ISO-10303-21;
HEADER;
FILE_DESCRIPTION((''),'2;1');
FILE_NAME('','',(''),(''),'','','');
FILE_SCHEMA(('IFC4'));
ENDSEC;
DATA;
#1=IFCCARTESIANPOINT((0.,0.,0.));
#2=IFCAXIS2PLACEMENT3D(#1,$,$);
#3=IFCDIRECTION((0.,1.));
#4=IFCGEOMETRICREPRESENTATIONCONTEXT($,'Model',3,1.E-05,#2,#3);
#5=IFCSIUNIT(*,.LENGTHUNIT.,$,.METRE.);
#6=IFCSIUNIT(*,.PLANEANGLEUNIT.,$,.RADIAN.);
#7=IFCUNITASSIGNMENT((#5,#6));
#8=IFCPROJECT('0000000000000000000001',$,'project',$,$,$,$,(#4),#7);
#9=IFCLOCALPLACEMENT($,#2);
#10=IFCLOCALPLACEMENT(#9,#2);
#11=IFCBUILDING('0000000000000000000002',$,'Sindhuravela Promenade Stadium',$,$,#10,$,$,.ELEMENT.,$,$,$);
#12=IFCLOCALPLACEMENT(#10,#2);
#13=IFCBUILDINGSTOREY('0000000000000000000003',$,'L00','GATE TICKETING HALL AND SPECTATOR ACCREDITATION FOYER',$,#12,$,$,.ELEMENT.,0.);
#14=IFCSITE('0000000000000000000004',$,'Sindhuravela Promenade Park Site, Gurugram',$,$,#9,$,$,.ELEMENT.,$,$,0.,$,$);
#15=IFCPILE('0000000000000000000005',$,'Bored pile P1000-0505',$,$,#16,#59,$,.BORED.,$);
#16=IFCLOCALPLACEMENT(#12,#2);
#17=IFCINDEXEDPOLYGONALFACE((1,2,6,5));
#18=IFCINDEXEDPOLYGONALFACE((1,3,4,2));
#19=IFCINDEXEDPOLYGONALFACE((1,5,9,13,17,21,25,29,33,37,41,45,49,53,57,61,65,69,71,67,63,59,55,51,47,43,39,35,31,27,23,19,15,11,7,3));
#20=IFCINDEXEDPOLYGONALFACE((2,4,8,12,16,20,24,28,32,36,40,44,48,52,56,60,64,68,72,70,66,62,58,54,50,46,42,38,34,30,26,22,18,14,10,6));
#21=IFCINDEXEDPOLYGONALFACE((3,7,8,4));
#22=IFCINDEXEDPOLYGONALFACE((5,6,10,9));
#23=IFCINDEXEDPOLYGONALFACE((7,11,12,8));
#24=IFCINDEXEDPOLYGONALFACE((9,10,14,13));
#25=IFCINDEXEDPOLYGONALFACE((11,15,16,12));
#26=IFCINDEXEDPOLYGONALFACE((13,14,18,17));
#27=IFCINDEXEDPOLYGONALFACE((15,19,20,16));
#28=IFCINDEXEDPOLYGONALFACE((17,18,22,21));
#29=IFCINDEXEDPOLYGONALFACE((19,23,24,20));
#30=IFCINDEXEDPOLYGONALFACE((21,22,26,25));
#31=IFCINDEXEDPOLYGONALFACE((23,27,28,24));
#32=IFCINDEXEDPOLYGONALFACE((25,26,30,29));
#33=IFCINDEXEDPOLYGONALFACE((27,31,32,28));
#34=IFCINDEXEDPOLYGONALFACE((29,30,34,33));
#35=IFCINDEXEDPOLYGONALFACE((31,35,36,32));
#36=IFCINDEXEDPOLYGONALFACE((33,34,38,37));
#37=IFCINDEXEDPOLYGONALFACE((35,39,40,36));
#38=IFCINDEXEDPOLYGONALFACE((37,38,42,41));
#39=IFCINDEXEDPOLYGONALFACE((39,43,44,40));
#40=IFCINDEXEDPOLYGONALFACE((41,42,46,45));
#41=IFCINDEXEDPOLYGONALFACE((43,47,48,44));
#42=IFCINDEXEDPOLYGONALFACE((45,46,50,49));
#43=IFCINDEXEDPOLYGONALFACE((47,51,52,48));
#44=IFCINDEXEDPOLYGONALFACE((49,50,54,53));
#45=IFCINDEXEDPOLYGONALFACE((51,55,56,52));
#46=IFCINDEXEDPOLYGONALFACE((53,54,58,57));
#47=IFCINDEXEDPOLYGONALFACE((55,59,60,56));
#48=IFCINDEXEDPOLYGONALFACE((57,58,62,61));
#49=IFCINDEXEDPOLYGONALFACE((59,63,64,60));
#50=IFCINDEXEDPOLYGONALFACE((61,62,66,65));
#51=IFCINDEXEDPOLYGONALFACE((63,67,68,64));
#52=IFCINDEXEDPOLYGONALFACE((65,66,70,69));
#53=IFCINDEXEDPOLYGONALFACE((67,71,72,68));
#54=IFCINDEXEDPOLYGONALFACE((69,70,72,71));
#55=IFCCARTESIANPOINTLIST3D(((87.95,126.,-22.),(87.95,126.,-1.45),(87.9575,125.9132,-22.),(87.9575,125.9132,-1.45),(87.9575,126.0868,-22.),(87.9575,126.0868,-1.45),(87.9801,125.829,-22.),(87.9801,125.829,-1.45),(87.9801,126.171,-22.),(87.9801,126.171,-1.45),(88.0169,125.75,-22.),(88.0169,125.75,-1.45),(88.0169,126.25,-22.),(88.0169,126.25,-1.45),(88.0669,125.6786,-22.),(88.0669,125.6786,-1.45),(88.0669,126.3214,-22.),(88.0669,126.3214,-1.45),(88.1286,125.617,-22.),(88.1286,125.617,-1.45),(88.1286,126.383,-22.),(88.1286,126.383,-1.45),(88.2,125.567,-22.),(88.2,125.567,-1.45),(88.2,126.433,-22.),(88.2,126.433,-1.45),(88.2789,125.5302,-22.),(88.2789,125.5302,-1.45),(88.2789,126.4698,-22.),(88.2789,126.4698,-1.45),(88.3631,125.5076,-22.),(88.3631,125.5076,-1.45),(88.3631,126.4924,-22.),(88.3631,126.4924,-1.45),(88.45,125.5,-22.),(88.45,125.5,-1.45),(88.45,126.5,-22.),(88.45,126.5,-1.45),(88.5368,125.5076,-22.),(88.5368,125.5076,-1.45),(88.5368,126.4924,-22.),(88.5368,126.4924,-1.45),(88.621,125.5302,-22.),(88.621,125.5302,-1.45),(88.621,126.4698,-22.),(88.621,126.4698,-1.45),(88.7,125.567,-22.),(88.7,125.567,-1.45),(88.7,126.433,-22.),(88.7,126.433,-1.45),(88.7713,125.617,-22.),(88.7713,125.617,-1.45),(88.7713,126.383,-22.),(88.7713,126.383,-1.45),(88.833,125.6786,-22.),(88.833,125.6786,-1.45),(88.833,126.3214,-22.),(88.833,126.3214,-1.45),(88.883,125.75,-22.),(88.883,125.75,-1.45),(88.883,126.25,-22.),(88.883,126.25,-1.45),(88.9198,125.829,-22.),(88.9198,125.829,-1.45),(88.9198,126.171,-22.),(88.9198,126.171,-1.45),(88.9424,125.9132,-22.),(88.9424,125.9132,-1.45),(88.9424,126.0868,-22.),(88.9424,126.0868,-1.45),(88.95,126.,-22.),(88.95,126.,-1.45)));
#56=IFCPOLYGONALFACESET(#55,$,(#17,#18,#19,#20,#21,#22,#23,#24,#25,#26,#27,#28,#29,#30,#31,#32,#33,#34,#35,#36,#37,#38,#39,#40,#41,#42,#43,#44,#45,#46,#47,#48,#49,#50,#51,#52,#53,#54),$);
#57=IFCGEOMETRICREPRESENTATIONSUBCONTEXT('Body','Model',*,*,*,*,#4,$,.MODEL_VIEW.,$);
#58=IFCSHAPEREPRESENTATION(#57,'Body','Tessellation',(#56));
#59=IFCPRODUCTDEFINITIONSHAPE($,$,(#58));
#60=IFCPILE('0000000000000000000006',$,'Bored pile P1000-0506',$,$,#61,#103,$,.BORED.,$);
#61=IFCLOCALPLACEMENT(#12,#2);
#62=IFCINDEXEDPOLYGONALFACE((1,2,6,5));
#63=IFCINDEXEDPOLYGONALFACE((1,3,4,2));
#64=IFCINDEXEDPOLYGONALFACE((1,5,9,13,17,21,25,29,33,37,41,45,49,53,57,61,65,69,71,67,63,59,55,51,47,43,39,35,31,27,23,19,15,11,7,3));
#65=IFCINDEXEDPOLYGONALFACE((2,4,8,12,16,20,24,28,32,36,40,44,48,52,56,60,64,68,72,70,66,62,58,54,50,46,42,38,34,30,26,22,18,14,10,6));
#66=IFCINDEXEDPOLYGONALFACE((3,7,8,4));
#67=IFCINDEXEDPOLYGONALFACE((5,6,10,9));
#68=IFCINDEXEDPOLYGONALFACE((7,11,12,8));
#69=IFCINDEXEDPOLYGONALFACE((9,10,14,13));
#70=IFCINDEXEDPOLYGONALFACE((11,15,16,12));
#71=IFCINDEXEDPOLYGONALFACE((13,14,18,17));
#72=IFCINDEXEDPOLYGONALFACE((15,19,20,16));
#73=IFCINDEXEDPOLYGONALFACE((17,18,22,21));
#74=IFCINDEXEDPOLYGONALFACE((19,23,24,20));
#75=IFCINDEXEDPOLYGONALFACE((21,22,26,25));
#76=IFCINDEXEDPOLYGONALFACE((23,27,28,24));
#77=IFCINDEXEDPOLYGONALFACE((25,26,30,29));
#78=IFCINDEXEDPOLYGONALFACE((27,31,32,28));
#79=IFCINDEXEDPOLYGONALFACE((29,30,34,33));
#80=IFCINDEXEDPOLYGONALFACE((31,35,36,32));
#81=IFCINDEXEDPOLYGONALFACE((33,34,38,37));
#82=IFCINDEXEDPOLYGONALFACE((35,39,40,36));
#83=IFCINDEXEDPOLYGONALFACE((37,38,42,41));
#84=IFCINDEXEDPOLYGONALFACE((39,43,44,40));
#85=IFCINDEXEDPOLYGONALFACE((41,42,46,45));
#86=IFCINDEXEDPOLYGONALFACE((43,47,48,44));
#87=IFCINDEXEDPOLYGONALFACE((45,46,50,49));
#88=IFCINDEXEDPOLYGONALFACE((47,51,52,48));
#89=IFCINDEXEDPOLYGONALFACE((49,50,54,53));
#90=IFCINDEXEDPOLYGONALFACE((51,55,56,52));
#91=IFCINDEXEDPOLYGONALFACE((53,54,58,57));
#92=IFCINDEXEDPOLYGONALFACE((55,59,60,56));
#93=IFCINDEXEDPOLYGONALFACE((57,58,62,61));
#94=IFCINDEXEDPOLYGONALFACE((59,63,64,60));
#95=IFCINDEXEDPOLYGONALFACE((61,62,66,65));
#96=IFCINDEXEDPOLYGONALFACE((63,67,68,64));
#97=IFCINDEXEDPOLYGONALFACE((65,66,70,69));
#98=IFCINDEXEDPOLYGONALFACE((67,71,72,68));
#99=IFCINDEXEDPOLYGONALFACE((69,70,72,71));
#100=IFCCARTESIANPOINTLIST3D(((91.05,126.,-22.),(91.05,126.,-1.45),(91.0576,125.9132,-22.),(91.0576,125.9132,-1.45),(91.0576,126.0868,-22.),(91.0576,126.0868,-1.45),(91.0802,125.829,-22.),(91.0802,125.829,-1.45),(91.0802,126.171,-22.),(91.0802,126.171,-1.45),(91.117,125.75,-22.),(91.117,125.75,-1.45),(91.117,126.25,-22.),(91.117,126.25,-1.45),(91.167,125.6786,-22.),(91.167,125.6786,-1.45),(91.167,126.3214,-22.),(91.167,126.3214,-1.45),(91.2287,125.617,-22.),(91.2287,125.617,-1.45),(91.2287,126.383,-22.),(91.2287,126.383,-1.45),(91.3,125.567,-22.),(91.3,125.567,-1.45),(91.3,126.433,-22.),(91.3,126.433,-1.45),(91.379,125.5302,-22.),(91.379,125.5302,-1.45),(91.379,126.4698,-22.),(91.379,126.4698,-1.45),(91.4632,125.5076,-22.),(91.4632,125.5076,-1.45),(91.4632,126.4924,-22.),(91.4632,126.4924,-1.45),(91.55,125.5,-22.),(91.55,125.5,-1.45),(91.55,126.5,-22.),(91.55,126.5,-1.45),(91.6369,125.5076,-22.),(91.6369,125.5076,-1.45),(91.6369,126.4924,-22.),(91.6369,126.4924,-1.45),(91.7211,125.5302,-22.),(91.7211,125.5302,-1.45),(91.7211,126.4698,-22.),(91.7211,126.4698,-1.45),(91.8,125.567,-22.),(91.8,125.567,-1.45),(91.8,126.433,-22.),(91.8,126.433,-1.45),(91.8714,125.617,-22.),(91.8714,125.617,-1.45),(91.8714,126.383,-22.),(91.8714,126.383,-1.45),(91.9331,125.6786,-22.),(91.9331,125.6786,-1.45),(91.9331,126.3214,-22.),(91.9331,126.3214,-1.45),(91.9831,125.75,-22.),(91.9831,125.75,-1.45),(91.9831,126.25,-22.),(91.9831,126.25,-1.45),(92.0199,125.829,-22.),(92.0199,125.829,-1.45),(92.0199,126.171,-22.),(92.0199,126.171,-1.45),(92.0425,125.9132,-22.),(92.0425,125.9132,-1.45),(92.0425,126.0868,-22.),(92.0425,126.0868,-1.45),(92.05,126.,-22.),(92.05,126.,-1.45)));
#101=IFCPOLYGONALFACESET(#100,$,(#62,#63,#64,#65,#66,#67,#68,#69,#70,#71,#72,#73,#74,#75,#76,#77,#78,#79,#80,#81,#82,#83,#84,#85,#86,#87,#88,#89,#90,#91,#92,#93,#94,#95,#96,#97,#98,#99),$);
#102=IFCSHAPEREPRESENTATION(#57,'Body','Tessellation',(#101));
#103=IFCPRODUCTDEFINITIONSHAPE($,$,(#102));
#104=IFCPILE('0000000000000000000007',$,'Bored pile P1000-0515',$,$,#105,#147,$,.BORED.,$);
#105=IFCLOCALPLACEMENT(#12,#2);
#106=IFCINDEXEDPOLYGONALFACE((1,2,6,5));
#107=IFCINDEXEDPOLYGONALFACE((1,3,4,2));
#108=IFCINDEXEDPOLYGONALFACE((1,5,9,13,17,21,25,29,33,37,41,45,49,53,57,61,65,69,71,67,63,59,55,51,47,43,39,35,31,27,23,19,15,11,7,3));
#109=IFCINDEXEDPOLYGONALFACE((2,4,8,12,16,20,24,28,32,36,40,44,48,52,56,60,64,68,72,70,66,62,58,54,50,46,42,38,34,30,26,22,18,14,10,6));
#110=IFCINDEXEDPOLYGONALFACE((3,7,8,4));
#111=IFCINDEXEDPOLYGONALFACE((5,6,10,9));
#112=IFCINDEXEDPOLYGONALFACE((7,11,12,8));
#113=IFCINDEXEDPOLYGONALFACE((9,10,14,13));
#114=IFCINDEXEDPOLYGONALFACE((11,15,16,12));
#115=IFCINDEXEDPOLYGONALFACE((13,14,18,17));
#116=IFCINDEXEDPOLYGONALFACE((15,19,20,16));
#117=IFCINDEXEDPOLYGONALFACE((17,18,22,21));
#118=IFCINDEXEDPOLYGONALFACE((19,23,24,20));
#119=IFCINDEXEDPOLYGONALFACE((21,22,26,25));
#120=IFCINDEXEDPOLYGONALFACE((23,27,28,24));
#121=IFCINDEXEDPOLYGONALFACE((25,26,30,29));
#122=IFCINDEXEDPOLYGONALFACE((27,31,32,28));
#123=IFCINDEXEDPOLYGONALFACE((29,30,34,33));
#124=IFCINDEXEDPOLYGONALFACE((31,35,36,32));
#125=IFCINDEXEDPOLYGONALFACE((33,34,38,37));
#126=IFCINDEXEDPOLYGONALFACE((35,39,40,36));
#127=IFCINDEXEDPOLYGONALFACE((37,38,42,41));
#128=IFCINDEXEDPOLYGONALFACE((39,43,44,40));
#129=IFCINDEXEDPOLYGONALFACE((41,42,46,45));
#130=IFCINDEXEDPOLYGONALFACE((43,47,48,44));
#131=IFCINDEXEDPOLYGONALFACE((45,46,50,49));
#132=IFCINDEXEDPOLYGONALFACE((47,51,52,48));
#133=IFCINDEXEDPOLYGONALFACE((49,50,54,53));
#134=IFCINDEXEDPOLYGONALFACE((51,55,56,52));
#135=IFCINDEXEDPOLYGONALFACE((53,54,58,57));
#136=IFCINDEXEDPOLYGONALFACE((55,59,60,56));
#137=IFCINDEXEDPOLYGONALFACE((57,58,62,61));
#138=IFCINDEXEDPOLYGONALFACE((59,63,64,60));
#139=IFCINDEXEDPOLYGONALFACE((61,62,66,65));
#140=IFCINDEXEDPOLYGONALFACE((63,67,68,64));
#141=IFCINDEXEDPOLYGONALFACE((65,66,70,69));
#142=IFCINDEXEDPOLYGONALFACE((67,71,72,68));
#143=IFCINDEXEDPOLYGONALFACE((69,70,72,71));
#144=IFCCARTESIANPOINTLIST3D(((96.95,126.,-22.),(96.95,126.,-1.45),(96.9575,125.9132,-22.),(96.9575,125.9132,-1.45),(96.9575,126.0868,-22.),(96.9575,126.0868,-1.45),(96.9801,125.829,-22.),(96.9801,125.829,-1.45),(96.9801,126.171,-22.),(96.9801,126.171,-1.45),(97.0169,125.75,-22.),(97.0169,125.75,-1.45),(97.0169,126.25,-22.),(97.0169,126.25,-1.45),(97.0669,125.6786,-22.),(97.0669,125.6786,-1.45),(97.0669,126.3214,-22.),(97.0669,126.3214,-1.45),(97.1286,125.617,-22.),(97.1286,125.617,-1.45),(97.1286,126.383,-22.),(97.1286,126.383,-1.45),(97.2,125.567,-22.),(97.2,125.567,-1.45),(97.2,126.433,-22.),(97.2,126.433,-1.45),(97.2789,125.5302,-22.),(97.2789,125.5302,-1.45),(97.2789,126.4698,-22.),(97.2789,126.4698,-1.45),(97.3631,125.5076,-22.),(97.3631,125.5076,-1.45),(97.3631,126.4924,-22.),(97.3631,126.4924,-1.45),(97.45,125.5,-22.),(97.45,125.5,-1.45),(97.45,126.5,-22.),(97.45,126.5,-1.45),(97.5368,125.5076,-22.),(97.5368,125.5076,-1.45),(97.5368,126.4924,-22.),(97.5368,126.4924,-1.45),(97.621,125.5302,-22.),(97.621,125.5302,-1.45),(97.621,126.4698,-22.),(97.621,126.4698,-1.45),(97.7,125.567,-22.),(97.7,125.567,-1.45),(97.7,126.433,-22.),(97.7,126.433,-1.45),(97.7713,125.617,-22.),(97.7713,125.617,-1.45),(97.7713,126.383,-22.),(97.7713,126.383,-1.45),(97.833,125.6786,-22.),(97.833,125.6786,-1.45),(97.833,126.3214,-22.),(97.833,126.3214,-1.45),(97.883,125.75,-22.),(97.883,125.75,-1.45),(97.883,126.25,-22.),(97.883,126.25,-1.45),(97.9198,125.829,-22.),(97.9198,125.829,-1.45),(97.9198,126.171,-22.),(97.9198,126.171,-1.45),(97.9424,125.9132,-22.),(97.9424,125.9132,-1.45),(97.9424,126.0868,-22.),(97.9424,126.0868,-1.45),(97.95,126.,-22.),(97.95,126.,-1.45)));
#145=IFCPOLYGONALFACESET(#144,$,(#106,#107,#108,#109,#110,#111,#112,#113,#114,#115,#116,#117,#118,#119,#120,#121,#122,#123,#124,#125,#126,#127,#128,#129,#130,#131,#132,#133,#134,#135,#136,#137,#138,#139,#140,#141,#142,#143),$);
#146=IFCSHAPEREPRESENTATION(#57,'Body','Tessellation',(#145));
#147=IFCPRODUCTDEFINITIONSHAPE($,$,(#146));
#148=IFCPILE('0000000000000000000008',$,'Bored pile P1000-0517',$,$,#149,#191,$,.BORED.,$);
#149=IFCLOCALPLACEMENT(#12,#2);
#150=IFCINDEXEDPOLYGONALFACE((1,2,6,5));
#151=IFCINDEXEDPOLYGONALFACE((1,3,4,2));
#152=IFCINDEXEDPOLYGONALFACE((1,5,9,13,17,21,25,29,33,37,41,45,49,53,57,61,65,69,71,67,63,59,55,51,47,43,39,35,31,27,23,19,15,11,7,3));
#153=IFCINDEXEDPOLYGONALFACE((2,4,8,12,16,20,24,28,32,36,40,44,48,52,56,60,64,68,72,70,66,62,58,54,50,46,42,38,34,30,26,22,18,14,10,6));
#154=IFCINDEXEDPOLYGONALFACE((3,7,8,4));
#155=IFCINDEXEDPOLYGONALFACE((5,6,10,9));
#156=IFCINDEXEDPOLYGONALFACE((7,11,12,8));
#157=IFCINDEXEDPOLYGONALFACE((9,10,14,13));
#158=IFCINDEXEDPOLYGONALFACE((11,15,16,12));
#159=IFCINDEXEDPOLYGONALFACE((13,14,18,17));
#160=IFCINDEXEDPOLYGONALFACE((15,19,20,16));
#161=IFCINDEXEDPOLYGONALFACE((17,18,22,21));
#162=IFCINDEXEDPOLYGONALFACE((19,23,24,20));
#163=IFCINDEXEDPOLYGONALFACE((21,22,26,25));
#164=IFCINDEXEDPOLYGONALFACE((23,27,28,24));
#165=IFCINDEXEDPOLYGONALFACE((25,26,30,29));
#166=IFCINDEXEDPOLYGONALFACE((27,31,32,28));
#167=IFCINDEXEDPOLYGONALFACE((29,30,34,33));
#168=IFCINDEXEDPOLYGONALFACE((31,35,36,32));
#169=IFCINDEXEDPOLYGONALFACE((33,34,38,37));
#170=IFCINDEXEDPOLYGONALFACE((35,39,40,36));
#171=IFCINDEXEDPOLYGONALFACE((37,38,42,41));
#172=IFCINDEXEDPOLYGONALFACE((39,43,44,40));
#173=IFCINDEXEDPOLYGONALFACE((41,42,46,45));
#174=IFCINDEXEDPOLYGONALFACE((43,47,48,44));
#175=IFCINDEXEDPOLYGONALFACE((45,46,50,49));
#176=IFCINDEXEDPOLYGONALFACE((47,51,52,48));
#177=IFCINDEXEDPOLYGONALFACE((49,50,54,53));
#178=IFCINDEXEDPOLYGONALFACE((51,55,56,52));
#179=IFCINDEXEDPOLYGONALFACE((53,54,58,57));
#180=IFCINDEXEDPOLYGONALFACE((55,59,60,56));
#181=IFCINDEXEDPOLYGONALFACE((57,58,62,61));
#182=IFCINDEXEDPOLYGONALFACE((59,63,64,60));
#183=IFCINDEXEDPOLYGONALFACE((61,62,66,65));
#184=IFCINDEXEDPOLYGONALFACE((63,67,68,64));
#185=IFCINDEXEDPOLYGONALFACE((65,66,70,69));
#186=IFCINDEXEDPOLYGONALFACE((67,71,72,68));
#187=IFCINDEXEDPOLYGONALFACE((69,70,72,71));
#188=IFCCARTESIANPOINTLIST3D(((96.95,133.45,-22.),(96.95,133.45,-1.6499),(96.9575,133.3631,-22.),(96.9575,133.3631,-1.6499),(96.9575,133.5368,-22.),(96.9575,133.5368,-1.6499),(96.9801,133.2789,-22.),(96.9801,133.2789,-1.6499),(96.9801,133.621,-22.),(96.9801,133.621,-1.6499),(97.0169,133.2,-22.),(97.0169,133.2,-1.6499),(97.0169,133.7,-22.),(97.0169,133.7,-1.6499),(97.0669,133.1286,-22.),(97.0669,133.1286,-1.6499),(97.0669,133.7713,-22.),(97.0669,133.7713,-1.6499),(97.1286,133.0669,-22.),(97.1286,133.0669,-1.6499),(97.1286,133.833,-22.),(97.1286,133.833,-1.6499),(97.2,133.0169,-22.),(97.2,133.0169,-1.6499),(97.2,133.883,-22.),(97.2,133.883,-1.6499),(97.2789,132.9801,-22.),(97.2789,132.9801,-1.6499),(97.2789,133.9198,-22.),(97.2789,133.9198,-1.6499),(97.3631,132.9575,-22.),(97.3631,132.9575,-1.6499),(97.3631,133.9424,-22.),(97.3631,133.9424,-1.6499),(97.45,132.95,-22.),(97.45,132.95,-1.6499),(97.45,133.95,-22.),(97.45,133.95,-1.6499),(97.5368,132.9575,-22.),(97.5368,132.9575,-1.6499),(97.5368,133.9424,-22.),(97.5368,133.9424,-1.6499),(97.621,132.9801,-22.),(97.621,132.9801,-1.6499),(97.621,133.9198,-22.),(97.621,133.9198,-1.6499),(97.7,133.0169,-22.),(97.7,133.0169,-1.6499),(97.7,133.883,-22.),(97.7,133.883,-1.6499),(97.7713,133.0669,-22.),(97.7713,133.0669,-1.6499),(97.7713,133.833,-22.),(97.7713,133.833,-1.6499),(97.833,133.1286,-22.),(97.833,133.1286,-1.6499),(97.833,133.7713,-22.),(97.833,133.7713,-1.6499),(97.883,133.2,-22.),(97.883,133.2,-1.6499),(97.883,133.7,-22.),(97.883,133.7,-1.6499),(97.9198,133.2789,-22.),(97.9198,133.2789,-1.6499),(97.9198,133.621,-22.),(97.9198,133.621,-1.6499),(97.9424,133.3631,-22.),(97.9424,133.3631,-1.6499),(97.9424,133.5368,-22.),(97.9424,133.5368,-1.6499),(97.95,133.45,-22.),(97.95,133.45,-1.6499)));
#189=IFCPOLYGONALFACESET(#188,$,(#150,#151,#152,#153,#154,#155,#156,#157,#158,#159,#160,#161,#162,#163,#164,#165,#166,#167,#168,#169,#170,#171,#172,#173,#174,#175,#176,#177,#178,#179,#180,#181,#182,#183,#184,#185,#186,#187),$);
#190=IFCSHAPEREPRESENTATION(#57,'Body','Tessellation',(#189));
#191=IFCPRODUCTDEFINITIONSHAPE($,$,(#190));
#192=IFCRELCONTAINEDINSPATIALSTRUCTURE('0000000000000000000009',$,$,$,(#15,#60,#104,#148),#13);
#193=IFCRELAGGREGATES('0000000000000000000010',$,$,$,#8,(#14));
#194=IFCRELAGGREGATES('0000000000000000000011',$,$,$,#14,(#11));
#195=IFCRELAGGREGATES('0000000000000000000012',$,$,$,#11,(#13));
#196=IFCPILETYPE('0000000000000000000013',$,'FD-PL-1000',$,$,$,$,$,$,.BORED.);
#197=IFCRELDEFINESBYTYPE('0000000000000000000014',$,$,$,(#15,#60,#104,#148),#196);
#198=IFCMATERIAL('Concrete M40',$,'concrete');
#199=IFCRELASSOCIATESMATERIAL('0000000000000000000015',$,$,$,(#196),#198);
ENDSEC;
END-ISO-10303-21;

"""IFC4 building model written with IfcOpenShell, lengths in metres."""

from ifc_helpers import new_model, si_unit, direction, frame, origin, origin_2d, place, context, subcontext, project, spatial, circle, extrude, material, material_profile, profile_set, type_object, element, save


model = new_model("IFC4")

# Units and contexts
model_context = context("Model", 3, precision=1e-05, world=origin(), true_north=direction((0.0, 1.0)))
body_context = subcontext(model_context, "Body", "Model", "MODEL_VIEW")
ifc_project = project(units=[si_unit("LENGTHUNIT", "METRE"), si_unit("PLANEANGLEUNIT", "RADIAN")], contexts=[model_context])

# Site, building, storey
site_placement = place(None, origin())
site = spatial("IfcSite", under=ifc_project, at=site_placement, Name="Sindhuravela Promenade Park Site, Gurugram", CompositionType="ELEMENT", RefElevation=0.0)
building_placement = place(site_placement, origin())
building = spatial("IfcBuilding", under=site, at=building_placement, Name="Sindhuravela Promenade Stadium", CompositionType="ELEMENT")
storey_placement = place(building_placement, origin())
storey = spatial("IfcBuildingStorey", under=building, at=storey_placement, Name="L00", Description="GATE TICKETING HALL AND SPECTATOR ACCREDITATION FOYER", CompositionType="ELEMENT", Elevation=0.0)

# Piles
ifc_material_1 = material(Name="Concrete M40", Category="concrete")
ifc_material_profile_1 = material_profile(ifc_material_1, circle(Radius=0.5, at=origin_2d()), Name="BORED PILE D1000")
ifc_profile_set_1 = profile_set([ifc_material_profile_1], Name="Concrete M40")
pile_type_1 = type_object("IfcPileType", Name="FD-PL-1000", PredefinedType="BORED", material=ifc_profile_set_1)
for number, where, z_axis, x_axis, name in (
    (1, (88.45, 126.0, -1.45), (0.0, 0.0, -1.0), (1.0, 0.0, 0.0), "Bored pile P1000-0505"),
    (2, (91.55, 126.0, -1.45), (0.0, 0.0, -1.0), (1.0, 0.0, 0.0), "Bored pile P1000-0506"),
    (3, (97.45, 126.0, -1.45), (0.0, 0.0, -1.0), (1.0, 0.0, 0.0), "Bored pile P1000-0515"),
):
    element("IfcPile", number, at=place(storey_placement, frame(where, z_axis=z_axis, x_axis=x_axis)), inside=storey, type_object=pile_type_1, Name=name, PredefinedType="BORED", context=body_context, shape_type="SweptSolid", body=[
        extrude(circle(Radius=0.5, at=origin_2d()), origin(), (0.0, 0.0, 1.0), 20.55),
    ])
pile_1_placement = place(storey_placement, frame((97.45, 133.45, -1.6499), z_axis=(0.0, 0.0, -1.0), x_axis=(1.0, 0.0, 0.0)))
element("IfcPile", 4, at=pile_1_placement, inside=storey, type_object=pile_type_1, Name="Bored pile P1000-0517", PredefinedType="BORED", context=body_context, shape_type="SweptSolid", body=[
    extrude(circle(Radius=0.5, at=origin_2d()), origin(), (0.0, 0.0, 1.0), 20.3501),
])

save(model, "model.ifc")
